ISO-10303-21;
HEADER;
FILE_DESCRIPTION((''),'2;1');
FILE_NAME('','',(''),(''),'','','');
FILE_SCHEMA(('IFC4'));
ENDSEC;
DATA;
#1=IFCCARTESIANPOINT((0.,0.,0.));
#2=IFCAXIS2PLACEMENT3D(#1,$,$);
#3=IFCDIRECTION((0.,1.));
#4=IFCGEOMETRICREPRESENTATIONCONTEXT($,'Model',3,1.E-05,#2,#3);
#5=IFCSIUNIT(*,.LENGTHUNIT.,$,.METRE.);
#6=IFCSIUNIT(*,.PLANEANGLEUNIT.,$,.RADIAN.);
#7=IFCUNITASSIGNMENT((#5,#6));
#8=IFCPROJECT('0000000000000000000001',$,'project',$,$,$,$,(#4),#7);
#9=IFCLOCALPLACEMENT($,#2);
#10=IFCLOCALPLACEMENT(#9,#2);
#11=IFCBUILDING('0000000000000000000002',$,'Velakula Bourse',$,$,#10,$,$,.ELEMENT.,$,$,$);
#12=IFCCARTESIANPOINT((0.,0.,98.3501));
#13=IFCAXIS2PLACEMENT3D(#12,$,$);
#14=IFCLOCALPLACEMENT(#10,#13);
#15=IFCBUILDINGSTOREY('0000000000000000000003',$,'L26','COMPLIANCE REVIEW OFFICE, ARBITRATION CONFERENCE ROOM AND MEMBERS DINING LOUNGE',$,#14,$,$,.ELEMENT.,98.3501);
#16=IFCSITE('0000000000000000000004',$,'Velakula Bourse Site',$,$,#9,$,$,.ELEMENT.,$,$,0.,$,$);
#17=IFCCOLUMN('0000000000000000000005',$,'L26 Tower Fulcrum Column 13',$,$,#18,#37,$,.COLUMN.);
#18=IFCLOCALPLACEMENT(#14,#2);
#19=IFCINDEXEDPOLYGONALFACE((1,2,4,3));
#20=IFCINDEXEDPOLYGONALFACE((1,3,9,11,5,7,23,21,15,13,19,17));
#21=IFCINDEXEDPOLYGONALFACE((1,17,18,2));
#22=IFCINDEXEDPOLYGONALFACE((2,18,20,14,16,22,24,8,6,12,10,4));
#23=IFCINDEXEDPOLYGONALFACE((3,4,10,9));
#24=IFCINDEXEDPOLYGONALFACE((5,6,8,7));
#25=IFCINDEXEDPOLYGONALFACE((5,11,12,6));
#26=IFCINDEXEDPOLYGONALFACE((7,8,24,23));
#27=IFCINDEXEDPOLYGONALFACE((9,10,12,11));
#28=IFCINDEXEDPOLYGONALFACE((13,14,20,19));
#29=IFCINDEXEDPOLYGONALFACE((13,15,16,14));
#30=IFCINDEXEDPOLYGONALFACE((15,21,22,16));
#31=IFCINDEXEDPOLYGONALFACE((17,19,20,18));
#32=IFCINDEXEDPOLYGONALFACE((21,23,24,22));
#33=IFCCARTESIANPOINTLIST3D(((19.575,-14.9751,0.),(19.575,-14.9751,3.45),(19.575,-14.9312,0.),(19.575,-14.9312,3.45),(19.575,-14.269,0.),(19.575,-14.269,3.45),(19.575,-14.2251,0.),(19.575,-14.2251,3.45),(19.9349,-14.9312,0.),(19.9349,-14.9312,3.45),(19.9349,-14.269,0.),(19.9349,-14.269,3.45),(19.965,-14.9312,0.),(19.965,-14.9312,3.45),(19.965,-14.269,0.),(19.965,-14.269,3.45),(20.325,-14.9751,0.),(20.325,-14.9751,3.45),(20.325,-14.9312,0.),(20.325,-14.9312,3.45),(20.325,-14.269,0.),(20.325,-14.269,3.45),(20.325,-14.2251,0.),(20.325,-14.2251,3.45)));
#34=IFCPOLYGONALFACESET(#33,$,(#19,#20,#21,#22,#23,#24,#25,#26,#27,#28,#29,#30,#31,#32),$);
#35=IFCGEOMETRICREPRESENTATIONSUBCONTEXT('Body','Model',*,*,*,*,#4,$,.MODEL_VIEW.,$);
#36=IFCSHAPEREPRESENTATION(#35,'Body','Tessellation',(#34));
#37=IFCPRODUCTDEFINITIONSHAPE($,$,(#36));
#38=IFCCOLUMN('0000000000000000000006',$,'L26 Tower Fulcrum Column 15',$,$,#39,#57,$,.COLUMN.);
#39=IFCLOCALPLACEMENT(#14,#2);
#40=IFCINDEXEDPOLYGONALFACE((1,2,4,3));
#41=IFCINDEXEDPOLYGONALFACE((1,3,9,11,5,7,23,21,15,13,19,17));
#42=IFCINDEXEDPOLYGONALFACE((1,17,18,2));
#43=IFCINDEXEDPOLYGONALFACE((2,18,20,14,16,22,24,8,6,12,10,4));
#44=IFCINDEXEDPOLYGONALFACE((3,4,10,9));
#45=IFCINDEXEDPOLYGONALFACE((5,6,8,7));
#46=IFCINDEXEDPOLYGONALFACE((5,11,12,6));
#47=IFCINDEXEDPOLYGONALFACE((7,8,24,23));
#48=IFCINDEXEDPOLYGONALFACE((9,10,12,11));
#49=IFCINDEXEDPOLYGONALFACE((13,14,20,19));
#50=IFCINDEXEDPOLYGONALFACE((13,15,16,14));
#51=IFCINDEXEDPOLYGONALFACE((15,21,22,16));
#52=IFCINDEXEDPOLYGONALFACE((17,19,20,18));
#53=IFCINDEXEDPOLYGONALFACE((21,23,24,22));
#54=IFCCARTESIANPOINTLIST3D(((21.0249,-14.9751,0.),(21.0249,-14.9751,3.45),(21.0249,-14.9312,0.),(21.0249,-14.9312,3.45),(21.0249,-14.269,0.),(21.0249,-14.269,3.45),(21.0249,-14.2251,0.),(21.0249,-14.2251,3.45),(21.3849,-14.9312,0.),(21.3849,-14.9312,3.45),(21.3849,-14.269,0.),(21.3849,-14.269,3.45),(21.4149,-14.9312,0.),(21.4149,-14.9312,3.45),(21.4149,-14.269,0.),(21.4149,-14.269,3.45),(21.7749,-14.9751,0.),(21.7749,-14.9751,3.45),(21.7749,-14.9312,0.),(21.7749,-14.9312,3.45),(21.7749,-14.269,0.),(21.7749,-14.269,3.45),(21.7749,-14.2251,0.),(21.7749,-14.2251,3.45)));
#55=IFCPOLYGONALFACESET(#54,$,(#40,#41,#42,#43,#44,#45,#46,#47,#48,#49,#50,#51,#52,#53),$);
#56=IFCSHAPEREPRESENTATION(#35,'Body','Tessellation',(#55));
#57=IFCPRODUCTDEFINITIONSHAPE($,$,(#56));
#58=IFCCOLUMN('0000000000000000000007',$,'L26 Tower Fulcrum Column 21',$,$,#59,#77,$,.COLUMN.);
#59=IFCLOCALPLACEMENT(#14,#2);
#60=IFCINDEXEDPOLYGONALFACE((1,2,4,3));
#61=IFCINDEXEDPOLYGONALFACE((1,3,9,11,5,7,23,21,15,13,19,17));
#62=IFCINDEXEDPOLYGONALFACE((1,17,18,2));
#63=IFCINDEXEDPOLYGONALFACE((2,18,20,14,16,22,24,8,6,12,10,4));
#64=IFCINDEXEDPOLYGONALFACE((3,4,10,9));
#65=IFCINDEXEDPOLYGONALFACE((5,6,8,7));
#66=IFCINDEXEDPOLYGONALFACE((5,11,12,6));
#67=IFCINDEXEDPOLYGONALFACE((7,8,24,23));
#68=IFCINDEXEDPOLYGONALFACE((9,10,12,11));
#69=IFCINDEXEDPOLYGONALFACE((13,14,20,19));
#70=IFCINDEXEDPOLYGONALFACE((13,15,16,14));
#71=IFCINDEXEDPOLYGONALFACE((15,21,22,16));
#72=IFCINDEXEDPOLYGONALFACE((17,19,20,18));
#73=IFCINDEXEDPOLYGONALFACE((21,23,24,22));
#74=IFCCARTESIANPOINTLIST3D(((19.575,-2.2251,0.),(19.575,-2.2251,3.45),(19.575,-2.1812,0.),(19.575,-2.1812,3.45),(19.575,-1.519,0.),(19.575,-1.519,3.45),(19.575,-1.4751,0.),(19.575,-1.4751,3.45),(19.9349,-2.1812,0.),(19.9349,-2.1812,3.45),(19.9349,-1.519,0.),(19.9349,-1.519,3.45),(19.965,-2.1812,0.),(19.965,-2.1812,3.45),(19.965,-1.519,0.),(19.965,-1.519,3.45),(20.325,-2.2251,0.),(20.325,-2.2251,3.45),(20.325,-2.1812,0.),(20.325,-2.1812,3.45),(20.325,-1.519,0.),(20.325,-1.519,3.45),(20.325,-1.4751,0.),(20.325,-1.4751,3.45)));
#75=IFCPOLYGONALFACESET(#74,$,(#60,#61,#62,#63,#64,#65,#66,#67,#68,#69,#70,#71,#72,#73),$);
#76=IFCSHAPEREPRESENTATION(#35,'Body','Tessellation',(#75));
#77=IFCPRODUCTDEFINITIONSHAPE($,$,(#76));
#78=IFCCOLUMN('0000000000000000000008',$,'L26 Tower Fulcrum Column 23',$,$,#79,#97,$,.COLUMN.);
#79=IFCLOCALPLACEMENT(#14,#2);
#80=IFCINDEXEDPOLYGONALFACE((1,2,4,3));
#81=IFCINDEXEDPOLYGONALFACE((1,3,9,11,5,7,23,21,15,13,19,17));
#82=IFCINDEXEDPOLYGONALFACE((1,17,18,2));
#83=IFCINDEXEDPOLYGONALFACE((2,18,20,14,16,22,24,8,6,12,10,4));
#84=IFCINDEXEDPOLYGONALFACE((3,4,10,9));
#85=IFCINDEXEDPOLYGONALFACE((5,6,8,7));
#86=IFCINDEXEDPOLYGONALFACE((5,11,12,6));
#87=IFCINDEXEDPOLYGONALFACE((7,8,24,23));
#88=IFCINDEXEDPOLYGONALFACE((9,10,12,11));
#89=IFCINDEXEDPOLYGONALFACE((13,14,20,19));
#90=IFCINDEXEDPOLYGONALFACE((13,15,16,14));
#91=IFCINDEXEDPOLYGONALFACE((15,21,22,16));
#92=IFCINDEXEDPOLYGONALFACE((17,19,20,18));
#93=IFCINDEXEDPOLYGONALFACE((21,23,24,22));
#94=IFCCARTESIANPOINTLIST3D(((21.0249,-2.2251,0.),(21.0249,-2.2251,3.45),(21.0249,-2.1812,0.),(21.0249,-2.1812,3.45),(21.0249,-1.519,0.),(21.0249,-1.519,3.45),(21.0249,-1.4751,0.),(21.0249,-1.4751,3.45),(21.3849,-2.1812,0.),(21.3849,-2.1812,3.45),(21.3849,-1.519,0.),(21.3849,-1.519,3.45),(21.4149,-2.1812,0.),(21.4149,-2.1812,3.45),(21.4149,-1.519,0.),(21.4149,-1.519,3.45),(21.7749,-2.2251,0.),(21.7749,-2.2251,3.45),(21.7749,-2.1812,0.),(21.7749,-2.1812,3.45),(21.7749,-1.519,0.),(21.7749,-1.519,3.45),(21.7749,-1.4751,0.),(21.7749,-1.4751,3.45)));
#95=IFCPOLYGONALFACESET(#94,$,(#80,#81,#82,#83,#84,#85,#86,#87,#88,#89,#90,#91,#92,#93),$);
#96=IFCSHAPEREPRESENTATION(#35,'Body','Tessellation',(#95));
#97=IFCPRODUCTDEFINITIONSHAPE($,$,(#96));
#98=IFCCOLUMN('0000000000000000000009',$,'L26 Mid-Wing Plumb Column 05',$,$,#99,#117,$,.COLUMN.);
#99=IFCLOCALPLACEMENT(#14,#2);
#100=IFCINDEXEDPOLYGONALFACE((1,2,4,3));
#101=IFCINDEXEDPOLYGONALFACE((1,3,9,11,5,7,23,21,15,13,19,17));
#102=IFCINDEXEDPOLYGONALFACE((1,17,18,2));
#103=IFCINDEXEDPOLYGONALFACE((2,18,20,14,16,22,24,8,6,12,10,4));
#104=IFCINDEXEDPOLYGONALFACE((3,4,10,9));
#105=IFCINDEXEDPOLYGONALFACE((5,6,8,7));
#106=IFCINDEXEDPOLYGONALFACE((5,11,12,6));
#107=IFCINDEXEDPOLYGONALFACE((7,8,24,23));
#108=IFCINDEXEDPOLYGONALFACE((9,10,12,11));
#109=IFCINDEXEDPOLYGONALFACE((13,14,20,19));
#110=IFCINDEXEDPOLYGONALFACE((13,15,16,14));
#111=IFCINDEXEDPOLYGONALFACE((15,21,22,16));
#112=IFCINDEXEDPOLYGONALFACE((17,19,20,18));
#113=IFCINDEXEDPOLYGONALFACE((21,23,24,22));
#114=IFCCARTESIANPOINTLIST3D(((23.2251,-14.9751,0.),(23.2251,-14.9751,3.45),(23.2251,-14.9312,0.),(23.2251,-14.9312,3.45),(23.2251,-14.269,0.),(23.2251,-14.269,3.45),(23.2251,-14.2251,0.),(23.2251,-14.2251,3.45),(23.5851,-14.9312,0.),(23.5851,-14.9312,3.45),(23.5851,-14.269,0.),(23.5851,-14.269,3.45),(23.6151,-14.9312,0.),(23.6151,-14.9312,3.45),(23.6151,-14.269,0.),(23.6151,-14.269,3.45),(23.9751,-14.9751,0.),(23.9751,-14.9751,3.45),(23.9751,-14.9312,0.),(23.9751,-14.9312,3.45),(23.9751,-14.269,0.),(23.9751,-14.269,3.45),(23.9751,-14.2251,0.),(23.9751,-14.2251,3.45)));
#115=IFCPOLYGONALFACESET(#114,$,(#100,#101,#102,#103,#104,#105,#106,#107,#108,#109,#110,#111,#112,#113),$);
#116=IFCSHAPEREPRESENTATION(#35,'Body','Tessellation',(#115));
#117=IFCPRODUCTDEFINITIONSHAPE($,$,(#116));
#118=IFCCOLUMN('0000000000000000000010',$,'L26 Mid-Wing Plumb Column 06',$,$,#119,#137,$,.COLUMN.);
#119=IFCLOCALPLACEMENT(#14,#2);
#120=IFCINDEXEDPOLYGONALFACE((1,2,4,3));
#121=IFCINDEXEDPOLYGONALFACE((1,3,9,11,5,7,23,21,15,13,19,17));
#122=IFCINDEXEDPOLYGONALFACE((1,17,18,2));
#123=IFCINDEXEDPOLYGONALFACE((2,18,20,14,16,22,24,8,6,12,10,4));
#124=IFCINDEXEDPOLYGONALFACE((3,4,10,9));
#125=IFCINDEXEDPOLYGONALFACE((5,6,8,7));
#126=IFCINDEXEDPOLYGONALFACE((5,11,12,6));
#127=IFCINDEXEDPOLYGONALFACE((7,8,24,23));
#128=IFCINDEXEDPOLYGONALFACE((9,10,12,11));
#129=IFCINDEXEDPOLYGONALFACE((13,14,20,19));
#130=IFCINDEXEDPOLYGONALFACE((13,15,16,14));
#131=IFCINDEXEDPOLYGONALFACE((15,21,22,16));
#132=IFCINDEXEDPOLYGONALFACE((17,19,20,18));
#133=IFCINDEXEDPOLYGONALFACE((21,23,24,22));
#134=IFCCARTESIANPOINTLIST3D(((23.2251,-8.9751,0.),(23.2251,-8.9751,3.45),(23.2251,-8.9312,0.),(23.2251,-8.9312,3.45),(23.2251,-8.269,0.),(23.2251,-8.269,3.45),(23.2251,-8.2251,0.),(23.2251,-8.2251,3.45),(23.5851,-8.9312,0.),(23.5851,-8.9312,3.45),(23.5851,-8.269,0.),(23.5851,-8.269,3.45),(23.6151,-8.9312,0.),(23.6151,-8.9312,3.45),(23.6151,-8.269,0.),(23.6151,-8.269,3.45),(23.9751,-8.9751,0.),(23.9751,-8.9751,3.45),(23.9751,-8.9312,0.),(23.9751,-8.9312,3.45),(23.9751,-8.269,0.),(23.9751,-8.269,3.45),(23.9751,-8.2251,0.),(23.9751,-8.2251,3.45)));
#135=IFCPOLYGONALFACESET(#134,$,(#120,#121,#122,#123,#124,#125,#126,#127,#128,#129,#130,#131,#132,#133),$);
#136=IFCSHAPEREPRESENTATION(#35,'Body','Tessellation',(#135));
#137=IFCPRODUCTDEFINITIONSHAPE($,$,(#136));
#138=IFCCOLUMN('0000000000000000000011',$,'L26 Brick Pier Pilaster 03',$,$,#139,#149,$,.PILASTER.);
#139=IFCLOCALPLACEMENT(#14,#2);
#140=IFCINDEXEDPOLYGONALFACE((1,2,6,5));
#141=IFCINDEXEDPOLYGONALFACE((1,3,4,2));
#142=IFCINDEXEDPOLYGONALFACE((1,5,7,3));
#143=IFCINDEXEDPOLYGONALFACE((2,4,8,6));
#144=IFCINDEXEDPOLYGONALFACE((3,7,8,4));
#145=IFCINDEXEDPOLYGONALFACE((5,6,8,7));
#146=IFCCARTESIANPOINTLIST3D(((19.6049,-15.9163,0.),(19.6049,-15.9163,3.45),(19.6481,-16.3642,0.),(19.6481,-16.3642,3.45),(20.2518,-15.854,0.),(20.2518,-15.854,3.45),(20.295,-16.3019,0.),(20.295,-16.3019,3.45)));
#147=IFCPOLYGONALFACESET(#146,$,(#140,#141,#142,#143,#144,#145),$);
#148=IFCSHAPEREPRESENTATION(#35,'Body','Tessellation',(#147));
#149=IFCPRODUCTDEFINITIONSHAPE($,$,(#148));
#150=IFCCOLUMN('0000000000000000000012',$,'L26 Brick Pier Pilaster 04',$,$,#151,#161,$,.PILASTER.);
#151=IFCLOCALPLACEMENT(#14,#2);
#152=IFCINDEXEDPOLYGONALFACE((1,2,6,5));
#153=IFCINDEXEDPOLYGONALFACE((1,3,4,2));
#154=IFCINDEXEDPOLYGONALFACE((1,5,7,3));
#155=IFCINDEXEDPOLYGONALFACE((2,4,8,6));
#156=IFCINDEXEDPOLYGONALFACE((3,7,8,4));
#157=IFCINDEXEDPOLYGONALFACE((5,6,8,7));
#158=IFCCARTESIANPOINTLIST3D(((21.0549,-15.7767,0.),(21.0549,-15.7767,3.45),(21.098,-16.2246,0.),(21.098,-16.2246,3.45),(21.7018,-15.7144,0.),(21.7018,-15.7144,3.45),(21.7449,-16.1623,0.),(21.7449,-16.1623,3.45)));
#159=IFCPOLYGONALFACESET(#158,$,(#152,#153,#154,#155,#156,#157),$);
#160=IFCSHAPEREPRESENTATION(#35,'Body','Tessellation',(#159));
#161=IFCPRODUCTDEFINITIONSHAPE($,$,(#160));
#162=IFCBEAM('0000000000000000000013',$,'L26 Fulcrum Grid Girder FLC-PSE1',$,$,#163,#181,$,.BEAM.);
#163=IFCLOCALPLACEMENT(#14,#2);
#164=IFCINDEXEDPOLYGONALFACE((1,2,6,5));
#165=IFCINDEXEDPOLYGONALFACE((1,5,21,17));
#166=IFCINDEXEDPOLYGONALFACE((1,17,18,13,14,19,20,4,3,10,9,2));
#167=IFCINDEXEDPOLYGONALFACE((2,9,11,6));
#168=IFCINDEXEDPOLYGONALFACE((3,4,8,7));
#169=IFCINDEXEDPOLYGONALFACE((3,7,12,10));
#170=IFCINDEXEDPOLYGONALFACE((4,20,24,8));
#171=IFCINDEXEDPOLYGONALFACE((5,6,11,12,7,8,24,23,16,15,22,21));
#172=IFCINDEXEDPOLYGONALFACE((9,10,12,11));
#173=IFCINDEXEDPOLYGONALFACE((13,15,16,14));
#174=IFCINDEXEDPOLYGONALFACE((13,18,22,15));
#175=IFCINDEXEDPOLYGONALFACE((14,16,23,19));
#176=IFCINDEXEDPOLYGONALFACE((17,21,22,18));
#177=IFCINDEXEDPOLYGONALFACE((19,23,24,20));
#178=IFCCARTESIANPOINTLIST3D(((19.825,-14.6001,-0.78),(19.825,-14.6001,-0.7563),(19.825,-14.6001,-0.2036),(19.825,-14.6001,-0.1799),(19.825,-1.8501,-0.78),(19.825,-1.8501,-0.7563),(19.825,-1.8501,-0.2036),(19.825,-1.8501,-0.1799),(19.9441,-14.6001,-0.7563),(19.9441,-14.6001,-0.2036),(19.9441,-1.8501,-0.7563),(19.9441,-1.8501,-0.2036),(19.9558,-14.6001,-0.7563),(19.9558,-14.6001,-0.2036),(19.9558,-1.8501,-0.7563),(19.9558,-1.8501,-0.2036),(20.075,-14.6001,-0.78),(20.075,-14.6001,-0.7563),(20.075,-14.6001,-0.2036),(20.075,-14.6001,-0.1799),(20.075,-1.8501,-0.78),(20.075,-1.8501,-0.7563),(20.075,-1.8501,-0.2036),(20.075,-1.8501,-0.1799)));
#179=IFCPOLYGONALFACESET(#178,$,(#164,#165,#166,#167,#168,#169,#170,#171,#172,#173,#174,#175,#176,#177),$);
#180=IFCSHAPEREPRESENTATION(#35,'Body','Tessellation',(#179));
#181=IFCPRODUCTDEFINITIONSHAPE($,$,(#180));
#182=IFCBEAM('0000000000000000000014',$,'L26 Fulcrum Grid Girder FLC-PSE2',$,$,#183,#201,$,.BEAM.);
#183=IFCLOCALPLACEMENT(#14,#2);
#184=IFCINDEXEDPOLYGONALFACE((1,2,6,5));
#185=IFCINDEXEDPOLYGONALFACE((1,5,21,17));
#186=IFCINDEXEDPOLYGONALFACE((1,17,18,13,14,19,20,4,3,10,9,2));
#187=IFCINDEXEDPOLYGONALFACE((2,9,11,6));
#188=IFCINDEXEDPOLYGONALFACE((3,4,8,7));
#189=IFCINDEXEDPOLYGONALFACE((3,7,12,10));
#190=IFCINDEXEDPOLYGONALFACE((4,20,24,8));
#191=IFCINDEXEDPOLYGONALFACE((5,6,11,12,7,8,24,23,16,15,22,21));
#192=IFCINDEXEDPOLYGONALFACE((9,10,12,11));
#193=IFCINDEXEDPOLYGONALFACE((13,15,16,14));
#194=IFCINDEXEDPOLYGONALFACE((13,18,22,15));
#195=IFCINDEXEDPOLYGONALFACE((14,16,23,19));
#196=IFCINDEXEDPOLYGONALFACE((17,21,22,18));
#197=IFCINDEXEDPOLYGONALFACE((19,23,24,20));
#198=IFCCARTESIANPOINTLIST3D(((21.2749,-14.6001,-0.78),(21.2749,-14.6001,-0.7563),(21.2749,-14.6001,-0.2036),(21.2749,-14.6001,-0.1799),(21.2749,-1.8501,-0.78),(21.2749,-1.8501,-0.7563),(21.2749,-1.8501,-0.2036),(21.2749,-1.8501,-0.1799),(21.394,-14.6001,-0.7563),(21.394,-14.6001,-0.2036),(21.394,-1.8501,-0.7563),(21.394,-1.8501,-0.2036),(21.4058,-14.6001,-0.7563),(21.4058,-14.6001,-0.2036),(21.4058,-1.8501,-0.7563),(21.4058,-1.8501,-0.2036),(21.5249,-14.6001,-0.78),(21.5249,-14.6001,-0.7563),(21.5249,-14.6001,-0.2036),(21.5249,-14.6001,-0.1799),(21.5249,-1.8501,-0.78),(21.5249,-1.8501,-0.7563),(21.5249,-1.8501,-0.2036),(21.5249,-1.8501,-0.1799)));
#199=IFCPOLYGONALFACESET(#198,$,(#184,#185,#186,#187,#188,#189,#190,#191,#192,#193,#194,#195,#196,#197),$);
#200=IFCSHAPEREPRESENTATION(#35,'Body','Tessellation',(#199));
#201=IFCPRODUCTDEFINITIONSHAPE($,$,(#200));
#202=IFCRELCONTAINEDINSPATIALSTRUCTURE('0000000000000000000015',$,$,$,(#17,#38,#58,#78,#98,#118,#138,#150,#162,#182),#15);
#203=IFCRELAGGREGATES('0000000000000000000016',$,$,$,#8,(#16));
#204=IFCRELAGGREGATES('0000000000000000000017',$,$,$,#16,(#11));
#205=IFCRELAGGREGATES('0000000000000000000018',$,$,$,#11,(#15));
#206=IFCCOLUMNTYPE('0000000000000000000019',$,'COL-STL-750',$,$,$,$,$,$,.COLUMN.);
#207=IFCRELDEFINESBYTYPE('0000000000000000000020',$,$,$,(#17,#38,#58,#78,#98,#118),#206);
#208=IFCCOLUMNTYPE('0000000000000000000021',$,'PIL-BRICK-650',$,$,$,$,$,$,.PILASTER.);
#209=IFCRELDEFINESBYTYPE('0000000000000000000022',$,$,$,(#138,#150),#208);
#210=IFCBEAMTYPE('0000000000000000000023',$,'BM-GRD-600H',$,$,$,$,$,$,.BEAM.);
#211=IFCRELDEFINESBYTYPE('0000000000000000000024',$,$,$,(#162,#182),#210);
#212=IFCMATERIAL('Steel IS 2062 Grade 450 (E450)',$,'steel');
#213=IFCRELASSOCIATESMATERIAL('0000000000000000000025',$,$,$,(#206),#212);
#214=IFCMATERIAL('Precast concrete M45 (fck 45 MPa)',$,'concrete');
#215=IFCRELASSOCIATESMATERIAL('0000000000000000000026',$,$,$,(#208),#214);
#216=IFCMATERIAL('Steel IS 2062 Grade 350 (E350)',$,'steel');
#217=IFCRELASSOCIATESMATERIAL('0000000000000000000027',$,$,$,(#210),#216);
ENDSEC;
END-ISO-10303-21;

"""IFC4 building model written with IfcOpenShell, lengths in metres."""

from ifc_helpers import new_model, si_unit, direction, frame, origin, origin_2d, place, context, subcontext, project, spatial, rectangle, i_section, extrude, material, material_profile, profile_set, type_object, element, save


model = new_model("IFC4")

# Units and contexts
model_context = context("Model", 3, precision=1e-05, world=origin(), true_north=direction((0.0, 1.0)))
body_context = subcontext(model_context, "Body", "Model", "MODEL_VIEW")
ifc_project = project(units=[si_unit("LENGTHUNIT", "METRE"), si_unit("PLANEANGLEUNIT", "RADIAN")], contexts=[model_context])

# Site, building, storey
site_placement = place(None, origin())
site = spatial("IfcSite", under=ifc_project, at=site_placement, Name="Velakula Bourse Site", CompositionType="ELEMENT", RefElevation=0.0)
building_placement = place(site_placement, origin())
building = spatial("IfcBuilding", under=site, at=building_placement, Name="Velakula Bourse", CompositionType="ELEMENT")
storey_placement = place(building_placement, frame((0.0, 0.0, 98.3501)))
storey = spatial("IfcBuildingStorey", under=building, at=storey_placement, Name="L26", Description="COMPLIANCE REVIEW OFFICE, ARBITRATION CONFERENCE ROOM AND MEMBERS DINING LOUNGE", CompositionType="ELEMENT", Elevation=98.3501)

# Columns
ifc_material_1 = material(Name="Steel IS 2062 Grade 450 (E450)", Category="steel")
ifc_material_profile_1 = material_profile(ifc_material_1, i_section(OverallWidth=0.75, OverallDepth=0.75, WebThickness=0.03, FlangeThickness=0.0439, at=origin_2d()), Name="Steel IS 2062 Grade 450 (E450)")
ifc_profile_set_1 = profile_set([ifc_material_profile_1], Name="Steel IS 2062 Grade 450 (E450)")
column_type_1 = type_object("IfcColumnType", Name="COL-STL-750", PredefinedType="COLUMN", material=ifc_profile_set_1)
for number, where, z_axis, x_axis, name in (
    (1, (19.95, -14.6001, 0.0), (0.0, 0.0, 1.0), (1.0, 0.0, 0.0), "L26 Tower Fulcrum Column 13"),
    (2, (21.3999, -14.6001, 0.0), (0.0, 0.0, 1.0), (1.0, 0.0, 0.0), "L26 Tower Fulcrum Column 15"),
    (3, (19.95, -1.8501, 0.0), (0.0, 0.0, 1.0), (1.0, 0.0, 0.0), "L26 Tower Fulcrum Column 21"),
    (4, (21.3999, -1.8501, 0.0), (0.0, 0.0, 1.0), (1.0, 0.0, 0.0), "L26 Tower Fulcrum Column 23"),
    (5, (23.6001, -14.6001, 0.0), (0.0, 0.0, 1.0), (1.0, 0.0, 0.0), "L26 Mid-Wing Plumb Column 05"),
    (6, (23.6001, -8.6001, 0.0), (0.0, 0.0, 1.0), (1.0, 0.0, 0.0), "L26 Mid-Wing Plumb Column 06"),
):
    element("IfcColumn", number, at=place(storey_placement, frame(where, z_axis=z_axis, x_axis=x_axis)), inside=storey, type_object=column_type_1, Name=name, PredefinedType="COLUMN", context=body_context, shape_type="SweptSolid", body=[
        extrude(i_section(OverallWidth=0.75, OverallDepth=0.75, WebThickness=0.03, FlangeThickness=0.0439, at=origin_2d()), origin(), (0.0, 0.0, 1.0), 3.45),
    ])
ifc_material_2 = material(Name="Precast concrete M45 (fck 45 MPa)", Category="concrete")
ifc_material_profile_2 = material_profile(ifc_material_2, rectangle(XDim=0.6499, YDim=0.45, at=origin_2d()), Name="Precast concrete M45 (fck 45 MPa)")
ifc_profile_set_2 = profile_set([ifc_material_profile_2], Name="Precast concrete M45 (fck 45 MPa)")
column_type_2 = type_object("IfcColumnType", Name="PIL-BRICK-650", PredefinedType="PILASTER", material=ifc_profile_set_2)
for number, where, z_axis, x_axis, name in (
    (7, (19.95, -16.1091, 0.0), (0.0, 0.0, 1.0), (0.995396, 0.095846, 0.0), "L26 Brick Pier Pilaster 03"),
    (8, (21.3999, -15.9695, 0.0), (0.0, 0.0, 1.0), (0.995396, 0.095846, 0.0), "L26 Brick Pier Pilaster 04"),
):
    element("IfcColumn", number, at=place(storey_placement, frame(where, z_axis=z_axis, x_axis=x_axis)), inside=storey, type_object=column_type_2, Name=name, PredefinedType="PILASTER", context=body_context, shape_type="SweptSolid", body=[
        extrude(rectangle(XDim=0.6499, YDim=0.45, at=origin_2d()), origin(), (0.0, 0.0, 1.0), 3.45),
    ])

# Beams
ifc_material_3 = material(Name="Steel IS 2062 Grade 350 (E350)", Category="steel")
ifc_material_profile_3 = material_profile(ifc_material_3, i_section(OverallWidth=0.25, OverallDepth=0.6001, WebThickness=0.0117, FlangeThickness=0.0237, at=origin_2d()), Name="Steel IS 2062 Grade 350 (E350)")
ifc_profile_set_3 = profile_set([ifc_material_profile_3], Name="Steel IS 2062 Grade 350 (E350)")
beam_type_1 = type_object("IfcBeamType", Name="BM-GRD-600H", PredefinedType="BEAM", material=ifc_profile_set_3)
for number, where, z_axis, x_axis, name in (
    (9, (19.95, -14.6001, -0.48), (0.0, 1.0, 0.0), (-1.0, 0.0, 0.0), "L26 Fulcrum Grid Girder FLC-PSE1"),
    (10, (21.3999, -14.6001, -0.48), (0.0, 1.0, 0.0), (-1.0, 0.0, 0.0), "L26 Fulcrum Grid Girder FLC-PSE2"),
):
    element("IfcBeam", number, at=place(storey_placement, frame(where, z_axis=z_axis, x_axis=x_axis)), inside=storey, type_object=beam_type_1, Name=name, PredefinedType="BEAM", context=body_context, shape_type="SweptSolid", body=[
        extrude(i_section(OverallWidth=0.25, OverallDepth=0.6001, WebThickness=0.0117, FlangeThickness=0.0237, at=origin_2d()), origin(), (0.0, 0.0, 1.0), 12.75),
    ])

save(model, "model.ifc")
